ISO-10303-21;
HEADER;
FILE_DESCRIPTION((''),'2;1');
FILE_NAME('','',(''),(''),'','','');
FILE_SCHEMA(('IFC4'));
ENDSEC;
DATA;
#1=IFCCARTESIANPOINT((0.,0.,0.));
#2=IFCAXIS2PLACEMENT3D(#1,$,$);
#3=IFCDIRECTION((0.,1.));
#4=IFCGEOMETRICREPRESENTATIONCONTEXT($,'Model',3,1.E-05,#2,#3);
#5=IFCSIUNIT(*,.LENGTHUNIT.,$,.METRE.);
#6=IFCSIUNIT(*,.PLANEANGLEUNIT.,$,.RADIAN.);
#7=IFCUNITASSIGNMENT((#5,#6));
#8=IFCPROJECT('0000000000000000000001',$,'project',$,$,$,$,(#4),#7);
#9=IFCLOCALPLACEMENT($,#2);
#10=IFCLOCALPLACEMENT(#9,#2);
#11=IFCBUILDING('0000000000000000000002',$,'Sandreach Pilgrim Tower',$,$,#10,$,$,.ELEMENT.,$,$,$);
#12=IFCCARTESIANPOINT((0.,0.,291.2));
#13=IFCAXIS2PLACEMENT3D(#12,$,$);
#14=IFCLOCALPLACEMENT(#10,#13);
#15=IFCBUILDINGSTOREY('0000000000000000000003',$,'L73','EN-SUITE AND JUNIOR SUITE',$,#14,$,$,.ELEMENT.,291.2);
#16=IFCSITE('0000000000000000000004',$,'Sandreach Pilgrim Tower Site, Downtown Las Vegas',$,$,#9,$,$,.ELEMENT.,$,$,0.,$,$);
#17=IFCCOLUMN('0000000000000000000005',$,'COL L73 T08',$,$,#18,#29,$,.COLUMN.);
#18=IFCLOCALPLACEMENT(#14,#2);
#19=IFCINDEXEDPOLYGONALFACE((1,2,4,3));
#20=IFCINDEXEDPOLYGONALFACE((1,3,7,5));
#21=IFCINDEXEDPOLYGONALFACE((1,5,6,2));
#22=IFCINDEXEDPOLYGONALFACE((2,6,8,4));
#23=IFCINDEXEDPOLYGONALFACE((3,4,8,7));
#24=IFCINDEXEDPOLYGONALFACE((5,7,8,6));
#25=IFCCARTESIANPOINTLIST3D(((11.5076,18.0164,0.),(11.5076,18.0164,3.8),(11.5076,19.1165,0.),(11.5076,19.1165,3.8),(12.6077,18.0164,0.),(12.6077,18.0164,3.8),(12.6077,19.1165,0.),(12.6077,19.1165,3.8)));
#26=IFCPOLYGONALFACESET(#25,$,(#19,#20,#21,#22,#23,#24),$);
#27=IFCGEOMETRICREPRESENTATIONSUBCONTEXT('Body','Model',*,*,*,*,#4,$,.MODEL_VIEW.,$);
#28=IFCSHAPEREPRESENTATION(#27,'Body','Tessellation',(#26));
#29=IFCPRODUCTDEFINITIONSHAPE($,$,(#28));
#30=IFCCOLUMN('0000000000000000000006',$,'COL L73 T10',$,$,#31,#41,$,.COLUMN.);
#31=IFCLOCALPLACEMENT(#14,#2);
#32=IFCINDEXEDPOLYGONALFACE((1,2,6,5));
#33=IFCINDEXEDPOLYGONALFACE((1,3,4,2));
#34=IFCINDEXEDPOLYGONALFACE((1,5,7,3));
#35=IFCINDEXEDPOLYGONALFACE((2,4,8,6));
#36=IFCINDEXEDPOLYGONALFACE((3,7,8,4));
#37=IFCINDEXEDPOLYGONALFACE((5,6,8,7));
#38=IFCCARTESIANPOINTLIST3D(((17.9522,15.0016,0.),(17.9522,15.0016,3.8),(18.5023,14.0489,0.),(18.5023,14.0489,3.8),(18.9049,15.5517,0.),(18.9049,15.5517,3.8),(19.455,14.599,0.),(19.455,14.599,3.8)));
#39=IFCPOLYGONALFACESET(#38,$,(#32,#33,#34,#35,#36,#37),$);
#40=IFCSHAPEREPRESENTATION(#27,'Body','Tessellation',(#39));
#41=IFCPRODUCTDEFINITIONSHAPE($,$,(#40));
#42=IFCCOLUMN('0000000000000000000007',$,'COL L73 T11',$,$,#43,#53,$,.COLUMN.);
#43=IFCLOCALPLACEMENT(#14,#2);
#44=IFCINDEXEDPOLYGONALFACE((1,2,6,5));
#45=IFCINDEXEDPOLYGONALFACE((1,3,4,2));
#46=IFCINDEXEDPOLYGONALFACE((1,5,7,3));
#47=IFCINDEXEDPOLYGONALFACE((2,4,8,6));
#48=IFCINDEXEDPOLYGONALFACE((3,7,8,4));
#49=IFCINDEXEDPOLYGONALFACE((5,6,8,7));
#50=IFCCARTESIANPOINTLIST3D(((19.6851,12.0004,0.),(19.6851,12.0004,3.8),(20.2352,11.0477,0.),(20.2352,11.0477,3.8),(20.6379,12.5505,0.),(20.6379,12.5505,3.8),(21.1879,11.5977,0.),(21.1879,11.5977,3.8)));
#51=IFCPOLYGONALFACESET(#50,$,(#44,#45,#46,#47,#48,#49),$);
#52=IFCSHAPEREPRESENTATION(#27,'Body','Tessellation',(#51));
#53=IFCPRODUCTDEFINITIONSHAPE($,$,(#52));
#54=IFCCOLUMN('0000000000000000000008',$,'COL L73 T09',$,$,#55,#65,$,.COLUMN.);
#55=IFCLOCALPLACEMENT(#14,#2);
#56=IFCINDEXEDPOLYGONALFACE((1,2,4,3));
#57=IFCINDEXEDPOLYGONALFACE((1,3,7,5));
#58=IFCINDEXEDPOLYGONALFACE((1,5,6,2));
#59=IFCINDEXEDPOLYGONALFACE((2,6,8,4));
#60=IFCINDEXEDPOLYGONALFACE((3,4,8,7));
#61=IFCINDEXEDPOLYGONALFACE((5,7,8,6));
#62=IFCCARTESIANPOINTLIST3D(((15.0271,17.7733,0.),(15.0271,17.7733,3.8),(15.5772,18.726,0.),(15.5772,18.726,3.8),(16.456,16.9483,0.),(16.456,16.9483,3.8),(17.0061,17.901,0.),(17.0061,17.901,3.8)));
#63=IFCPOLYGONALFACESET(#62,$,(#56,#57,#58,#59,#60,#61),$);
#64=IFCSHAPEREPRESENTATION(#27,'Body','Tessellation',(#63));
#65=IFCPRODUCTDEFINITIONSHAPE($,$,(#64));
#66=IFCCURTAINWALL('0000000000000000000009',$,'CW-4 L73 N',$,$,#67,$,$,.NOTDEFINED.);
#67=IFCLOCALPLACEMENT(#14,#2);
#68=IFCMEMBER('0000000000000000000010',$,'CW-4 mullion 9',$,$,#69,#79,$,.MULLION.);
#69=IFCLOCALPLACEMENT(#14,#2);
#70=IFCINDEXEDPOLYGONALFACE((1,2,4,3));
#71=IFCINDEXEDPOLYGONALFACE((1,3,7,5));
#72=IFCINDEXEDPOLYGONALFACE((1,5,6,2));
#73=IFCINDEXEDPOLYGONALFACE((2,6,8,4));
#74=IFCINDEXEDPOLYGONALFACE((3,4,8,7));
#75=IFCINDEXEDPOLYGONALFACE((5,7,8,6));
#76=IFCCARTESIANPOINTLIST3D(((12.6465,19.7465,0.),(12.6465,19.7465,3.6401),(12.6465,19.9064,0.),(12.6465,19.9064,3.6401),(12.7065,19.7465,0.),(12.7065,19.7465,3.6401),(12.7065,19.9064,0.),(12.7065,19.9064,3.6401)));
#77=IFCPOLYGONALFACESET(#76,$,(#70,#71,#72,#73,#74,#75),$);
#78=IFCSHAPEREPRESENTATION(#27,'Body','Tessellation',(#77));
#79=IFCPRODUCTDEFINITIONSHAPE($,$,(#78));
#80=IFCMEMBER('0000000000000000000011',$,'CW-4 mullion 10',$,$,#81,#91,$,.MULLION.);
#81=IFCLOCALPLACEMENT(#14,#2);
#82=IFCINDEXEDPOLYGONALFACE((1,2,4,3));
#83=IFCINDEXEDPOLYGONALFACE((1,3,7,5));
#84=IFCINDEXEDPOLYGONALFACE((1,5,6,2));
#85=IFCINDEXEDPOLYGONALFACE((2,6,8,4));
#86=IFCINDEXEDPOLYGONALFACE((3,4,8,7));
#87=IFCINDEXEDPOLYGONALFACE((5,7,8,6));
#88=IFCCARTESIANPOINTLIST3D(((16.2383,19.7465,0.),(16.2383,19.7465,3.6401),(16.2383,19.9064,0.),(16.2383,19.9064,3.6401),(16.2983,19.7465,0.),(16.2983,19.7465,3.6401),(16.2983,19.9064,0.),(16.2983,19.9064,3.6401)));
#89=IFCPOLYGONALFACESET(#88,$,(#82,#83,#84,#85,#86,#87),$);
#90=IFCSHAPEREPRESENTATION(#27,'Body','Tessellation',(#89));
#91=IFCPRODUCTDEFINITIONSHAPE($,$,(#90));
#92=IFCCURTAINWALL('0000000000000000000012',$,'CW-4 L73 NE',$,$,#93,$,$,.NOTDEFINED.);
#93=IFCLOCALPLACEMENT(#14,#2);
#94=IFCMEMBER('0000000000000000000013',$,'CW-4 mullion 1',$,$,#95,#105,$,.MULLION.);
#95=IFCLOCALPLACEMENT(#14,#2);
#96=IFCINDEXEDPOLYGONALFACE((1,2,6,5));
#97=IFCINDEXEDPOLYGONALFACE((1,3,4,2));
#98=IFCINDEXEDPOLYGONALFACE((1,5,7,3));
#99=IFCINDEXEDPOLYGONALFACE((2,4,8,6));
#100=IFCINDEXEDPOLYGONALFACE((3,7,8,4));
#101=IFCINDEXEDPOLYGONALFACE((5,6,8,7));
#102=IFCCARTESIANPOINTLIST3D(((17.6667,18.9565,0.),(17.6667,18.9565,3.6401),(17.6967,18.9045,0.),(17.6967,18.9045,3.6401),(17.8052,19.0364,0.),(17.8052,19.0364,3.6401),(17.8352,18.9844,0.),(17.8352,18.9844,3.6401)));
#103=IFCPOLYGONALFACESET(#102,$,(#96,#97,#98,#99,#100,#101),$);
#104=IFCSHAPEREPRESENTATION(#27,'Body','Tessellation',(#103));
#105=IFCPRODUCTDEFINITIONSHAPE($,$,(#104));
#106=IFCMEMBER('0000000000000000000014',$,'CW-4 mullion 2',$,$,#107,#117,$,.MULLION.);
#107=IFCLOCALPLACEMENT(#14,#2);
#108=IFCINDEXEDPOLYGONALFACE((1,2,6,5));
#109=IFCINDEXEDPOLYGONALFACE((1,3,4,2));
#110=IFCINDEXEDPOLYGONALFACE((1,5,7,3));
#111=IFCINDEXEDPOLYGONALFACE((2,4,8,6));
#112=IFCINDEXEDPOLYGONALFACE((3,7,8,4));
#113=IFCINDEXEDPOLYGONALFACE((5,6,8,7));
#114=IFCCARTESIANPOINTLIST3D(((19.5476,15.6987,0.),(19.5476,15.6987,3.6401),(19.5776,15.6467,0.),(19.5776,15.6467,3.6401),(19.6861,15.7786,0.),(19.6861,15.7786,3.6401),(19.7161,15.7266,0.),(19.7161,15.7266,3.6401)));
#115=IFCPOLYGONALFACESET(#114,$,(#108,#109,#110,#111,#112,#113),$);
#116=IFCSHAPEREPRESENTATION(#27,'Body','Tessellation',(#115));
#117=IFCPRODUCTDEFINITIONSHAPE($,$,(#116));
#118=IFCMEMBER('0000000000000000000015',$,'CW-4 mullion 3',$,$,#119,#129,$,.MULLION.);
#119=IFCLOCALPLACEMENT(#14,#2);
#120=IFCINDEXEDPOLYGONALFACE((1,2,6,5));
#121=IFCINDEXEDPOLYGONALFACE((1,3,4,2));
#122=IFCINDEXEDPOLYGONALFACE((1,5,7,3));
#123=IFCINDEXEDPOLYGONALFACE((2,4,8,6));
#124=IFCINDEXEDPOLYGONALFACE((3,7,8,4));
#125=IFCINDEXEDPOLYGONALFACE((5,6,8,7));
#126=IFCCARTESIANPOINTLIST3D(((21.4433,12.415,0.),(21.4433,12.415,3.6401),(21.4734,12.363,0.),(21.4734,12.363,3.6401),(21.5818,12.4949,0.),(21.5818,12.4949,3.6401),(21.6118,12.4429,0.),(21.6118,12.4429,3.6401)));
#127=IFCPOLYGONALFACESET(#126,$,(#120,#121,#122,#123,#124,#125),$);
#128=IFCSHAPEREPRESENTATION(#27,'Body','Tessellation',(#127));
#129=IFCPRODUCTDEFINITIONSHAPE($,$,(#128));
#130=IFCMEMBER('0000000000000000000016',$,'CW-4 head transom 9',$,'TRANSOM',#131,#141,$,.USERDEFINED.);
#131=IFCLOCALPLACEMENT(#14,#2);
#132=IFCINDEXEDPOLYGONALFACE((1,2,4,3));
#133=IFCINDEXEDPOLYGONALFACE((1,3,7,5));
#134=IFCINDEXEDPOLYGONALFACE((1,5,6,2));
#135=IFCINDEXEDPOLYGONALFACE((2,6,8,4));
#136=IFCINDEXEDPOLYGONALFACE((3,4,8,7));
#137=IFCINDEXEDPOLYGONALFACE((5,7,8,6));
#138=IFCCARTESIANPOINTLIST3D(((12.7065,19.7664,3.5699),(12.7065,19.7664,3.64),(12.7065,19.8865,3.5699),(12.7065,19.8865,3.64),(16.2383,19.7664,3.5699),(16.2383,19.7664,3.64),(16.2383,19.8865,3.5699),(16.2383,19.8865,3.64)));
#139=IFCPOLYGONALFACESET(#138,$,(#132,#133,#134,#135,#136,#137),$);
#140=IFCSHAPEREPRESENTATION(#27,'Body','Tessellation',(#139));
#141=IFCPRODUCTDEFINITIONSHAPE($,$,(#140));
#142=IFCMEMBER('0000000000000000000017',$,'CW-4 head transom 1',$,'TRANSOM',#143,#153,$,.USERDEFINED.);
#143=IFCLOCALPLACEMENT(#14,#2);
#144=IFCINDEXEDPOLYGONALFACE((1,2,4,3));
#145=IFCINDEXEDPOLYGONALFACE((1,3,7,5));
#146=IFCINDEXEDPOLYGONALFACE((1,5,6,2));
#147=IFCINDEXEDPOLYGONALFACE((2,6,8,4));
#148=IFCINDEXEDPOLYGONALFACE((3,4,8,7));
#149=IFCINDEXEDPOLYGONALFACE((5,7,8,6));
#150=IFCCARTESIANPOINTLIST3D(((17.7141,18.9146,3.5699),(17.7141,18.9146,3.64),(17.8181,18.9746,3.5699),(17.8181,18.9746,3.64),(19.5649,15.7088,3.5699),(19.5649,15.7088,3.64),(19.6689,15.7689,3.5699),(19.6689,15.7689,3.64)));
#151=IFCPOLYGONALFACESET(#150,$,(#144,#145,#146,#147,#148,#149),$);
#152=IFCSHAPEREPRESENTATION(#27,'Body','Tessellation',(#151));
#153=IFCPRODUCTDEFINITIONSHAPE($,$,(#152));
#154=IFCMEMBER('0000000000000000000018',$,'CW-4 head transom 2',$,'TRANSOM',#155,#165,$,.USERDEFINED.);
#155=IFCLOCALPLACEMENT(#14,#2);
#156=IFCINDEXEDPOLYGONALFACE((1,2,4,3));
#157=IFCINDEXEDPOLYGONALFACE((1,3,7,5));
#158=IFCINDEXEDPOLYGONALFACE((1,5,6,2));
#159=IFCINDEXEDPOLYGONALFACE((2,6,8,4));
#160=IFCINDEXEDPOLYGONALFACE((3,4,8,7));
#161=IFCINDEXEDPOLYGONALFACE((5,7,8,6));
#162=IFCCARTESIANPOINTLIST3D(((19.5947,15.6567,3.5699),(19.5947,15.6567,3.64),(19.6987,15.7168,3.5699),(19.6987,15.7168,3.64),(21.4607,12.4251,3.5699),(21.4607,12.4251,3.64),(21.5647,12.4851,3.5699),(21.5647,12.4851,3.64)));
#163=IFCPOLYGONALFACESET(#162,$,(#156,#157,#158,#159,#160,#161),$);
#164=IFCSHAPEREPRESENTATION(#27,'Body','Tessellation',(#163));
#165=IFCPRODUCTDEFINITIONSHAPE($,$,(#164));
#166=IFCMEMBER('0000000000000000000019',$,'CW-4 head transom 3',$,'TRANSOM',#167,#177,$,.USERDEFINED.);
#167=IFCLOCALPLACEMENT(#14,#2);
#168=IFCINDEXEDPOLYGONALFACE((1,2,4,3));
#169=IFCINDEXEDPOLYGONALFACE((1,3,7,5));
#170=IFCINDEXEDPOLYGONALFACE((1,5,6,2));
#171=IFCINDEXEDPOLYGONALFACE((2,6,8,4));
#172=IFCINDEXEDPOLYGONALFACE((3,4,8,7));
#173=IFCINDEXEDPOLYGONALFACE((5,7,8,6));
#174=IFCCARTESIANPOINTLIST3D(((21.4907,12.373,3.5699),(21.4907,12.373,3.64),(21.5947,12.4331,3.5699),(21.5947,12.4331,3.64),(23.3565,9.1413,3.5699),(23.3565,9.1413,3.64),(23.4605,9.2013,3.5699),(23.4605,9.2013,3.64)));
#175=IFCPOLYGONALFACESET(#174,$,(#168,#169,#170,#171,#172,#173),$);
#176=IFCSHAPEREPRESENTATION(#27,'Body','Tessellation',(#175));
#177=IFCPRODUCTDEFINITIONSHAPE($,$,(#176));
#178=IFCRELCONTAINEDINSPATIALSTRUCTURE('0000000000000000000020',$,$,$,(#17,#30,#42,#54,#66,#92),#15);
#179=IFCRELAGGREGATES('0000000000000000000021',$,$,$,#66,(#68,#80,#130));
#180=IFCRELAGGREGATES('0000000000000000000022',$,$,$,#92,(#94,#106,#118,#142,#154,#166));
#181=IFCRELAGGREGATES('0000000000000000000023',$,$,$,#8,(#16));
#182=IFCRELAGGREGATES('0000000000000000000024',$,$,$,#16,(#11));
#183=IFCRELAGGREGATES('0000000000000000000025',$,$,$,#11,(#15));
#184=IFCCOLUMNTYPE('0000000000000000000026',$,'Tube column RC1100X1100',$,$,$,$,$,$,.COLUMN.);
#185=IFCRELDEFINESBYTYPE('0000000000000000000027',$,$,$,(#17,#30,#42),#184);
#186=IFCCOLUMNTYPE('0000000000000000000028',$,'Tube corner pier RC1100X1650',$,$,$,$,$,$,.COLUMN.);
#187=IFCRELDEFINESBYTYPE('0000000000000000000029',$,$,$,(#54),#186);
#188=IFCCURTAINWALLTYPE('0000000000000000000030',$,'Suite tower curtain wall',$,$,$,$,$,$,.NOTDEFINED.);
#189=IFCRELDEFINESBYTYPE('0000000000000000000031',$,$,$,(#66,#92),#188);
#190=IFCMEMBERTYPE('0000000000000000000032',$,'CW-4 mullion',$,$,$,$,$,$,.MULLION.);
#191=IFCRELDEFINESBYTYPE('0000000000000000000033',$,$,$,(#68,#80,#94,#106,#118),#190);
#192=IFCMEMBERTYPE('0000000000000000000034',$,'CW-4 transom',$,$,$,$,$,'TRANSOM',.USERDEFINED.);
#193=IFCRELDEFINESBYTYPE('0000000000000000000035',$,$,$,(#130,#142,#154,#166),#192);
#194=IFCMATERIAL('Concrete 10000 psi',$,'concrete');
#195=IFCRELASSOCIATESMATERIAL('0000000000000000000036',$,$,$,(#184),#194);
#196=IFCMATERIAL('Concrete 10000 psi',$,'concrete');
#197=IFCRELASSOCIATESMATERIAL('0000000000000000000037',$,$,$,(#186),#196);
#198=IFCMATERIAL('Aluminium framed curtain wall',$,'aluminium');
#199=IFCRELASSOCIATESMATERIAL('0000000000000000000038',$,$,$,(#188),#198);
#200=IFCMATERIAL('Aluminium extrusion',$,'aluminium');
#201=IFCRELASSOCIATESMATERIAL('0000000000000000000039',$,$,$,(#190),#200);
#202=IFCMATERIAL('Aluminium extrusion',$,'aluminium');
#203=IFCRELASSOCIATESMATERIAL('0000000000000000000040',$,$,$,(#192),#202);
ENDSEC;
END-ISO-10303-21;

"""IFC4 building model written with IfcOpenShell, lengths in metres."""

from ifc_helpers import new_model, si_unit, direction, frame, origin, origin_2d, place, context, subcontext, project, spatial, rectangle, extrude, material, material_profile, profile_set, type_object, element, aggregate, save


model = new_model("IFC4")

# Units and contexts
model_context = context("Model", 3, precision=1e-05, world=origin(), true_north=direction((0.0, 1.0)))
body_context = subcontext(model_context, "Body", "Model", "MODEL_VIEW")
ifc_project = project(units=[si_unit("LENGTHUNIT", "METRE"), si_unit("PLANEANGLEUNIT", "RADIAN")], contexts=[model_context])

# Site, building, storey
site_placement = place(None, origin())
site = spatial("IfcSite", under=ifc_project, at=site_placement, Name="Sandreach Pilgrim Tower Site, Downtown Las Vegas", CompositionType="ELEMENT", RefElevation=0.0)
building_placement = place(site_placement, origin())
building = spatial("IfcBuilding", under=site, at=building_placement, Name="Sandreach Pilgrim Tower", CompositionType="ELEMENT")
storey_placement = place(building_placement, frame((0.0, 0.0, 291.2)))
storey = spatial("IfcBuildingStorey", under=building, at=storey_placement, Name="L73", Description="EN-SUITE AND JUNIOR SUITE", CompositionType="ELEMENT", Elevation=291.2)

# Columns
ifc_material_1 = material(Name="Concrete 10000 psi", Category="concrete")
ifc_material_profile_1 = material_profile(ifc_material_1, rectangle(XDim=1.1001, YDim=1.1001, at=origin_2d()), Name="RC1100X1100")
ifc_profile_set_1 = profile_set([ifc_material_profile_1], Name="Concrete 10000 psi")
column_type_1 = type_object("IfcColumnType", Name="Tube column RC1100X1100", PredefinedType="COLUMN", material=ifc_profile_set_1)
for number, where, z_axis, x_axis, name in (
    (1, (12.0576, 18.5664, 0.0), (0.0, 0.0, 1.0), (0.0, 1.0, 0.0), "COL L73 T08"),
    (2, (18.7036, 14.8003, 0.0), (0.0, 0.0, 1.0), (0.866025, 0.5, 0.0), "COL L73 T10"),
    (3, (20.4365, 11.7991, 0.0), (0.0, 0.0, 1.0), (0.866025, 0.5, 0.0), "COL L73 T11"),
):
    element("IfcColumn", number, at=place(storey_placement, frame(where, z_axis=z_axis, x_axis=x_axis)), inside=storey, type_object=column_type_1, Name=name, PredefinedType="COLUMN", context=body_context, shape_type="SweptSolid", body=[
        extrude(rectangle(XDim=1.1001, YDim=1.1001, at=origin_2d()), origin(), (0.0, 0.0, 1.0), 3.8),
    ])
ifc_material_2 = material(Name="Concrete 10000 psi", Category="concrete")
ifc_material_profile_2 = material_profile(ifc_material_2, rectangle(XDim=1.1001, YDim=1.6499, at=origin_2d()), Name="RC1100X1650")
ifc_profile_set_2 = profile_set([ifc_material_profile_2], Name="Concrete 10000 psi")
column_type_2 = type_object("IfcColumnType", Name="Tube corner pier RC1100X1650", PredefinedType="COLUMN", material=ifc_profile_set_2)
column_placement = place(storey_placement, frame((16.0166, 17.8372, 0.0), z_axis=(0.0, 0.0, 1.0), x_axis=(0.5, 0.866025, 0.0)))
element("IfcColumn", 4, at=column_placement, inside=storey, type_object=column_type_2, Name="COL L73 T09", PredefinedType="COLUMN", context=body_context, shape_type="SweptSolid", body=[
    extrude(rectangle(XDim=1.1001, YDim=1.6499, at=origin_2d()), origin(), (0.0, 0.0, 1.0), 3.8),
])

# Curtain walls, members
ifc_material_3 = material(Name="Aluminium framed curtain wall", Category="aluminium")
curtain_wall_type = type_object("IfcCurtainWallType", Name="Suite tower curtain wall", PredefinedType="NOTDEFINED", material=ifc_material_3)
curtain_wall_1_placement = place(storey_placement, origin())
curtain_wall_1 = element("IfcCurtainWall", 5, at=curtain_wall_1_placement, inside=storey, type_object=curtain_wall_type, Name="CW-4 L73 N", PredefinedType="NOTDEFINED")
ifc_material_4 = material(Name="Aluminium extrusion", Category="aluminium")
ifc_material_profile_3 = material_profile(ifc_material_4, rectangle(XDim=0.0601, YDim=0.1599, at=origin_2d()), Name="CW-4M 60X160")
ifc_profile_set_3 = profile_set([ifc_material_profile_3], Name="Aluminium extrusion")
member_type_1 = type_object("IfcMemberType", Name="CW-4 mullion", PredefinedType="MULLION", material=ifc_profile_set_3)
member_1_placement = place(storey_placement, frame((12.6765, 19.8264, 0.0), z_axis=(0.0, 0.0, 1.0), x_axis=(1.0, 0.0, 0.0)))
member_1 = element("IfcMember", 6, at=member_1_placement, type_object=member_type_1, Name="CW-4 mullion 9", PredefinedType="MULLION", context=body_context, shape_type="SweptSolid", body=[
    extrude(rectangle(XDim=0.0601, YDim=0.1599, at=origin_2d()), origin(), (0.0, 0.0, 1.0), 3.6401),
])
member_2_placement = place(storey_placement, frame((16.2683, 19.8264, 0.0), z_axis=(0.0, 0.0, 1.0), x_axis=(1.0, 0.0, 0.0)))
member_2 = element("IfcMember", 7, at=member_2_placement, type_object=member_type_1, Name="CW-4 mullion 10", PredefinedType="MULLION", context=body_context, shape_type="SweptSolid", body=[
    extrude(rectangle(XDim=0.0601, YDim=0.1599, at=origin_2d()), origin(), (0.0, 0.0, 1.0), 3.6401),
])
curtain_wall_2_placement = place(storey_placement, origin())
curtain_wall_2 = element("IfcCurtainWall", 8, at=curtain_wall_2_placement, inside=storey, type_object=curtain_wall_type, Name="CW-4 L73 NE", PredefinedType="NOTDEFINED")
member_3_placement = place(storey_placement, frame((17.751, 18.9705, 0.0), z_axis=(0.0, 0.0, 1.0), x_axis=(0.5, -0.866025, 0.0)))
member_3 = element("IfcMember", 9, at=member_3_placement, type_object=member_type_1, Name="CW-4 mullion 1", PredefinedType="MULLION", context=body_context, shape_type="SweptSolid", body=[
    extrude(rectangle(XDim=0.0601, YDim=0.1599, at=origin_2d()), origin(), (0.0, 0.0, 1.0), 3.6401),
])
member_4_placement = place(storey_placement, frame((19.6318, 15.7126, 0.0), z_axis=(0.0, 0.0, 1.0), x_axis=(0.5, -0.866025, 0.0)))
member_4 = element("IfcMember", 10, at=member_4_placement, type_object=member_type_1, Name="CW-4 mullion 2", PredefinedType="MULLION", context=body_context, shape_type="SweptSolid", body=[
    extrude(rectangle(XDim=0.0601, YDim=0.1599, at=origin_2d()), origin(), (0.0, 0.0, 1.0), 3.6401),
])
member_5_placement = place(storey_placement, frame((21.5276, 12.429, 0.0), z_axis=(0.0, 0.0, 1.0), x_axis=(0.5, -0.866025, 0.0)))
member_5 = element("IfcMember", 11, at=member_5_placement, type_object=member_type_1, Name="CW-4 mullion 3", PredefinedType="MULLION", context=body_context, shape_type="SweptSolid", body=[
    extrude(rectangle(XDim=0.0601, YDim=0.1599, at=origin_2d()), origin(), (0.0, 0.0, 1.0), 3.6401),
])

# Members
ifc_material_5 = material(Name="Aluminium extrusion", Category="aluminium")
ifc_material_profile_4 = material_profile(ifc_material_5, rectangle(XDim=0.1201, YDim=0.0701, at=origin_2d()), Name="CW-4T 120X70")
ifc_profile_set_4 = profile_set([ifc_material_profile_4], Name="Aluminium extrusion")
member_type_2 = type_object("IfcMemberType", Name="CW-4 transom", ElementType="TRANSOM", PredefinedType="USERDEFINED", material=ifc_profile_set_4)
member_6_placement = place(storey_placement, frame((12.7065, 19.8264, 3.605), z_axis=(1.0, 0.0, 0.0), x_axis=(0.0, 1.0, 0.0)))
member_6 = element("IfcMember", 12, at=member_6_placement, type_object=member_type_2, Name="CW-4 head transom 9", ObjectType="TRANSOM", PredefinedType="USERDEFINED", context=body_context, shape_type="SweptSolid", body=[
    extrude(rectangle(XDim=0.1201, YDim=0.0701, at=origin_2d()), origin(), (0.0, 0.0, 1.0), 3.5317),
])
member_7_placement = place(storey_placement, frame((17.7661, 18.9446, 3.605), z_axis=(0.499991, -0.866031, 0.0), x_axis=(0.866031, 0.499991, 0.0)))
member_7 = element("IfcMember", 13, at=member_7_placement, type_object=member_type_2, Name="CW-4 head transom 1", ObjectType="TRANSOM", PredefinedType="USERDEFINED", context=body_context, shape_type="SweptSolid", body=[
    extrude(rectangle(XDim=0.1201, YDim=0.0701, at=origin_2d()), origin(), (0.0, 0.0, 1.0), 3.7017),
])
member_8_placement = place(storey_placement, frame((19.6467, 15.6868, 3.605), z_axis=(0.50003, -0.866008, 0.0), x_axis=(0.866008, 0.50003, 0.0)))
member_8 = element("IfcMember", 14, at=member_8_placement, type_object=member_type_2, Name="CW-4 head transom 2", ObjectType="TRANSOM", PredefinedType="USERDEFINED", context=body_context, shape_type="SweptSolid", body=[
    extrude(rectangle(XDim=0.1201, YDim=0.0701, at=origin_2d()), origin(), (0.0, 0.0, 1.0), 3.7317),
])
member_9_placement = place(storey_placement, frame((21.5427, 12.4031, 3.605), z_axis=(0.499981, -0.866036, 0.0), x_axis=(0.866036, 0.499981, 0.0)))
member_9 = element("IfcMember", 15, at=member_9_placement, type_object=member_type_2, Name="CW-4 head transom 3", ObjectType="TRANSOM", PredefinedType="USERDEFINED", context=body_context, shape_type="SweptSolid", body=[
    extrude(rectangle(XDim=0.1201, YDim=0.0701, at=origin_2d()), origin(), (0.0, 0.0, 1.0), 3.7317),
])

aggregate(curtain_wall_1, [member_1, member_2, member_6])
aggregate(curtain_wall_2, [member_3, member_4, member_5, member_7, member_8, member_9])

save(model, "model.ifc")
